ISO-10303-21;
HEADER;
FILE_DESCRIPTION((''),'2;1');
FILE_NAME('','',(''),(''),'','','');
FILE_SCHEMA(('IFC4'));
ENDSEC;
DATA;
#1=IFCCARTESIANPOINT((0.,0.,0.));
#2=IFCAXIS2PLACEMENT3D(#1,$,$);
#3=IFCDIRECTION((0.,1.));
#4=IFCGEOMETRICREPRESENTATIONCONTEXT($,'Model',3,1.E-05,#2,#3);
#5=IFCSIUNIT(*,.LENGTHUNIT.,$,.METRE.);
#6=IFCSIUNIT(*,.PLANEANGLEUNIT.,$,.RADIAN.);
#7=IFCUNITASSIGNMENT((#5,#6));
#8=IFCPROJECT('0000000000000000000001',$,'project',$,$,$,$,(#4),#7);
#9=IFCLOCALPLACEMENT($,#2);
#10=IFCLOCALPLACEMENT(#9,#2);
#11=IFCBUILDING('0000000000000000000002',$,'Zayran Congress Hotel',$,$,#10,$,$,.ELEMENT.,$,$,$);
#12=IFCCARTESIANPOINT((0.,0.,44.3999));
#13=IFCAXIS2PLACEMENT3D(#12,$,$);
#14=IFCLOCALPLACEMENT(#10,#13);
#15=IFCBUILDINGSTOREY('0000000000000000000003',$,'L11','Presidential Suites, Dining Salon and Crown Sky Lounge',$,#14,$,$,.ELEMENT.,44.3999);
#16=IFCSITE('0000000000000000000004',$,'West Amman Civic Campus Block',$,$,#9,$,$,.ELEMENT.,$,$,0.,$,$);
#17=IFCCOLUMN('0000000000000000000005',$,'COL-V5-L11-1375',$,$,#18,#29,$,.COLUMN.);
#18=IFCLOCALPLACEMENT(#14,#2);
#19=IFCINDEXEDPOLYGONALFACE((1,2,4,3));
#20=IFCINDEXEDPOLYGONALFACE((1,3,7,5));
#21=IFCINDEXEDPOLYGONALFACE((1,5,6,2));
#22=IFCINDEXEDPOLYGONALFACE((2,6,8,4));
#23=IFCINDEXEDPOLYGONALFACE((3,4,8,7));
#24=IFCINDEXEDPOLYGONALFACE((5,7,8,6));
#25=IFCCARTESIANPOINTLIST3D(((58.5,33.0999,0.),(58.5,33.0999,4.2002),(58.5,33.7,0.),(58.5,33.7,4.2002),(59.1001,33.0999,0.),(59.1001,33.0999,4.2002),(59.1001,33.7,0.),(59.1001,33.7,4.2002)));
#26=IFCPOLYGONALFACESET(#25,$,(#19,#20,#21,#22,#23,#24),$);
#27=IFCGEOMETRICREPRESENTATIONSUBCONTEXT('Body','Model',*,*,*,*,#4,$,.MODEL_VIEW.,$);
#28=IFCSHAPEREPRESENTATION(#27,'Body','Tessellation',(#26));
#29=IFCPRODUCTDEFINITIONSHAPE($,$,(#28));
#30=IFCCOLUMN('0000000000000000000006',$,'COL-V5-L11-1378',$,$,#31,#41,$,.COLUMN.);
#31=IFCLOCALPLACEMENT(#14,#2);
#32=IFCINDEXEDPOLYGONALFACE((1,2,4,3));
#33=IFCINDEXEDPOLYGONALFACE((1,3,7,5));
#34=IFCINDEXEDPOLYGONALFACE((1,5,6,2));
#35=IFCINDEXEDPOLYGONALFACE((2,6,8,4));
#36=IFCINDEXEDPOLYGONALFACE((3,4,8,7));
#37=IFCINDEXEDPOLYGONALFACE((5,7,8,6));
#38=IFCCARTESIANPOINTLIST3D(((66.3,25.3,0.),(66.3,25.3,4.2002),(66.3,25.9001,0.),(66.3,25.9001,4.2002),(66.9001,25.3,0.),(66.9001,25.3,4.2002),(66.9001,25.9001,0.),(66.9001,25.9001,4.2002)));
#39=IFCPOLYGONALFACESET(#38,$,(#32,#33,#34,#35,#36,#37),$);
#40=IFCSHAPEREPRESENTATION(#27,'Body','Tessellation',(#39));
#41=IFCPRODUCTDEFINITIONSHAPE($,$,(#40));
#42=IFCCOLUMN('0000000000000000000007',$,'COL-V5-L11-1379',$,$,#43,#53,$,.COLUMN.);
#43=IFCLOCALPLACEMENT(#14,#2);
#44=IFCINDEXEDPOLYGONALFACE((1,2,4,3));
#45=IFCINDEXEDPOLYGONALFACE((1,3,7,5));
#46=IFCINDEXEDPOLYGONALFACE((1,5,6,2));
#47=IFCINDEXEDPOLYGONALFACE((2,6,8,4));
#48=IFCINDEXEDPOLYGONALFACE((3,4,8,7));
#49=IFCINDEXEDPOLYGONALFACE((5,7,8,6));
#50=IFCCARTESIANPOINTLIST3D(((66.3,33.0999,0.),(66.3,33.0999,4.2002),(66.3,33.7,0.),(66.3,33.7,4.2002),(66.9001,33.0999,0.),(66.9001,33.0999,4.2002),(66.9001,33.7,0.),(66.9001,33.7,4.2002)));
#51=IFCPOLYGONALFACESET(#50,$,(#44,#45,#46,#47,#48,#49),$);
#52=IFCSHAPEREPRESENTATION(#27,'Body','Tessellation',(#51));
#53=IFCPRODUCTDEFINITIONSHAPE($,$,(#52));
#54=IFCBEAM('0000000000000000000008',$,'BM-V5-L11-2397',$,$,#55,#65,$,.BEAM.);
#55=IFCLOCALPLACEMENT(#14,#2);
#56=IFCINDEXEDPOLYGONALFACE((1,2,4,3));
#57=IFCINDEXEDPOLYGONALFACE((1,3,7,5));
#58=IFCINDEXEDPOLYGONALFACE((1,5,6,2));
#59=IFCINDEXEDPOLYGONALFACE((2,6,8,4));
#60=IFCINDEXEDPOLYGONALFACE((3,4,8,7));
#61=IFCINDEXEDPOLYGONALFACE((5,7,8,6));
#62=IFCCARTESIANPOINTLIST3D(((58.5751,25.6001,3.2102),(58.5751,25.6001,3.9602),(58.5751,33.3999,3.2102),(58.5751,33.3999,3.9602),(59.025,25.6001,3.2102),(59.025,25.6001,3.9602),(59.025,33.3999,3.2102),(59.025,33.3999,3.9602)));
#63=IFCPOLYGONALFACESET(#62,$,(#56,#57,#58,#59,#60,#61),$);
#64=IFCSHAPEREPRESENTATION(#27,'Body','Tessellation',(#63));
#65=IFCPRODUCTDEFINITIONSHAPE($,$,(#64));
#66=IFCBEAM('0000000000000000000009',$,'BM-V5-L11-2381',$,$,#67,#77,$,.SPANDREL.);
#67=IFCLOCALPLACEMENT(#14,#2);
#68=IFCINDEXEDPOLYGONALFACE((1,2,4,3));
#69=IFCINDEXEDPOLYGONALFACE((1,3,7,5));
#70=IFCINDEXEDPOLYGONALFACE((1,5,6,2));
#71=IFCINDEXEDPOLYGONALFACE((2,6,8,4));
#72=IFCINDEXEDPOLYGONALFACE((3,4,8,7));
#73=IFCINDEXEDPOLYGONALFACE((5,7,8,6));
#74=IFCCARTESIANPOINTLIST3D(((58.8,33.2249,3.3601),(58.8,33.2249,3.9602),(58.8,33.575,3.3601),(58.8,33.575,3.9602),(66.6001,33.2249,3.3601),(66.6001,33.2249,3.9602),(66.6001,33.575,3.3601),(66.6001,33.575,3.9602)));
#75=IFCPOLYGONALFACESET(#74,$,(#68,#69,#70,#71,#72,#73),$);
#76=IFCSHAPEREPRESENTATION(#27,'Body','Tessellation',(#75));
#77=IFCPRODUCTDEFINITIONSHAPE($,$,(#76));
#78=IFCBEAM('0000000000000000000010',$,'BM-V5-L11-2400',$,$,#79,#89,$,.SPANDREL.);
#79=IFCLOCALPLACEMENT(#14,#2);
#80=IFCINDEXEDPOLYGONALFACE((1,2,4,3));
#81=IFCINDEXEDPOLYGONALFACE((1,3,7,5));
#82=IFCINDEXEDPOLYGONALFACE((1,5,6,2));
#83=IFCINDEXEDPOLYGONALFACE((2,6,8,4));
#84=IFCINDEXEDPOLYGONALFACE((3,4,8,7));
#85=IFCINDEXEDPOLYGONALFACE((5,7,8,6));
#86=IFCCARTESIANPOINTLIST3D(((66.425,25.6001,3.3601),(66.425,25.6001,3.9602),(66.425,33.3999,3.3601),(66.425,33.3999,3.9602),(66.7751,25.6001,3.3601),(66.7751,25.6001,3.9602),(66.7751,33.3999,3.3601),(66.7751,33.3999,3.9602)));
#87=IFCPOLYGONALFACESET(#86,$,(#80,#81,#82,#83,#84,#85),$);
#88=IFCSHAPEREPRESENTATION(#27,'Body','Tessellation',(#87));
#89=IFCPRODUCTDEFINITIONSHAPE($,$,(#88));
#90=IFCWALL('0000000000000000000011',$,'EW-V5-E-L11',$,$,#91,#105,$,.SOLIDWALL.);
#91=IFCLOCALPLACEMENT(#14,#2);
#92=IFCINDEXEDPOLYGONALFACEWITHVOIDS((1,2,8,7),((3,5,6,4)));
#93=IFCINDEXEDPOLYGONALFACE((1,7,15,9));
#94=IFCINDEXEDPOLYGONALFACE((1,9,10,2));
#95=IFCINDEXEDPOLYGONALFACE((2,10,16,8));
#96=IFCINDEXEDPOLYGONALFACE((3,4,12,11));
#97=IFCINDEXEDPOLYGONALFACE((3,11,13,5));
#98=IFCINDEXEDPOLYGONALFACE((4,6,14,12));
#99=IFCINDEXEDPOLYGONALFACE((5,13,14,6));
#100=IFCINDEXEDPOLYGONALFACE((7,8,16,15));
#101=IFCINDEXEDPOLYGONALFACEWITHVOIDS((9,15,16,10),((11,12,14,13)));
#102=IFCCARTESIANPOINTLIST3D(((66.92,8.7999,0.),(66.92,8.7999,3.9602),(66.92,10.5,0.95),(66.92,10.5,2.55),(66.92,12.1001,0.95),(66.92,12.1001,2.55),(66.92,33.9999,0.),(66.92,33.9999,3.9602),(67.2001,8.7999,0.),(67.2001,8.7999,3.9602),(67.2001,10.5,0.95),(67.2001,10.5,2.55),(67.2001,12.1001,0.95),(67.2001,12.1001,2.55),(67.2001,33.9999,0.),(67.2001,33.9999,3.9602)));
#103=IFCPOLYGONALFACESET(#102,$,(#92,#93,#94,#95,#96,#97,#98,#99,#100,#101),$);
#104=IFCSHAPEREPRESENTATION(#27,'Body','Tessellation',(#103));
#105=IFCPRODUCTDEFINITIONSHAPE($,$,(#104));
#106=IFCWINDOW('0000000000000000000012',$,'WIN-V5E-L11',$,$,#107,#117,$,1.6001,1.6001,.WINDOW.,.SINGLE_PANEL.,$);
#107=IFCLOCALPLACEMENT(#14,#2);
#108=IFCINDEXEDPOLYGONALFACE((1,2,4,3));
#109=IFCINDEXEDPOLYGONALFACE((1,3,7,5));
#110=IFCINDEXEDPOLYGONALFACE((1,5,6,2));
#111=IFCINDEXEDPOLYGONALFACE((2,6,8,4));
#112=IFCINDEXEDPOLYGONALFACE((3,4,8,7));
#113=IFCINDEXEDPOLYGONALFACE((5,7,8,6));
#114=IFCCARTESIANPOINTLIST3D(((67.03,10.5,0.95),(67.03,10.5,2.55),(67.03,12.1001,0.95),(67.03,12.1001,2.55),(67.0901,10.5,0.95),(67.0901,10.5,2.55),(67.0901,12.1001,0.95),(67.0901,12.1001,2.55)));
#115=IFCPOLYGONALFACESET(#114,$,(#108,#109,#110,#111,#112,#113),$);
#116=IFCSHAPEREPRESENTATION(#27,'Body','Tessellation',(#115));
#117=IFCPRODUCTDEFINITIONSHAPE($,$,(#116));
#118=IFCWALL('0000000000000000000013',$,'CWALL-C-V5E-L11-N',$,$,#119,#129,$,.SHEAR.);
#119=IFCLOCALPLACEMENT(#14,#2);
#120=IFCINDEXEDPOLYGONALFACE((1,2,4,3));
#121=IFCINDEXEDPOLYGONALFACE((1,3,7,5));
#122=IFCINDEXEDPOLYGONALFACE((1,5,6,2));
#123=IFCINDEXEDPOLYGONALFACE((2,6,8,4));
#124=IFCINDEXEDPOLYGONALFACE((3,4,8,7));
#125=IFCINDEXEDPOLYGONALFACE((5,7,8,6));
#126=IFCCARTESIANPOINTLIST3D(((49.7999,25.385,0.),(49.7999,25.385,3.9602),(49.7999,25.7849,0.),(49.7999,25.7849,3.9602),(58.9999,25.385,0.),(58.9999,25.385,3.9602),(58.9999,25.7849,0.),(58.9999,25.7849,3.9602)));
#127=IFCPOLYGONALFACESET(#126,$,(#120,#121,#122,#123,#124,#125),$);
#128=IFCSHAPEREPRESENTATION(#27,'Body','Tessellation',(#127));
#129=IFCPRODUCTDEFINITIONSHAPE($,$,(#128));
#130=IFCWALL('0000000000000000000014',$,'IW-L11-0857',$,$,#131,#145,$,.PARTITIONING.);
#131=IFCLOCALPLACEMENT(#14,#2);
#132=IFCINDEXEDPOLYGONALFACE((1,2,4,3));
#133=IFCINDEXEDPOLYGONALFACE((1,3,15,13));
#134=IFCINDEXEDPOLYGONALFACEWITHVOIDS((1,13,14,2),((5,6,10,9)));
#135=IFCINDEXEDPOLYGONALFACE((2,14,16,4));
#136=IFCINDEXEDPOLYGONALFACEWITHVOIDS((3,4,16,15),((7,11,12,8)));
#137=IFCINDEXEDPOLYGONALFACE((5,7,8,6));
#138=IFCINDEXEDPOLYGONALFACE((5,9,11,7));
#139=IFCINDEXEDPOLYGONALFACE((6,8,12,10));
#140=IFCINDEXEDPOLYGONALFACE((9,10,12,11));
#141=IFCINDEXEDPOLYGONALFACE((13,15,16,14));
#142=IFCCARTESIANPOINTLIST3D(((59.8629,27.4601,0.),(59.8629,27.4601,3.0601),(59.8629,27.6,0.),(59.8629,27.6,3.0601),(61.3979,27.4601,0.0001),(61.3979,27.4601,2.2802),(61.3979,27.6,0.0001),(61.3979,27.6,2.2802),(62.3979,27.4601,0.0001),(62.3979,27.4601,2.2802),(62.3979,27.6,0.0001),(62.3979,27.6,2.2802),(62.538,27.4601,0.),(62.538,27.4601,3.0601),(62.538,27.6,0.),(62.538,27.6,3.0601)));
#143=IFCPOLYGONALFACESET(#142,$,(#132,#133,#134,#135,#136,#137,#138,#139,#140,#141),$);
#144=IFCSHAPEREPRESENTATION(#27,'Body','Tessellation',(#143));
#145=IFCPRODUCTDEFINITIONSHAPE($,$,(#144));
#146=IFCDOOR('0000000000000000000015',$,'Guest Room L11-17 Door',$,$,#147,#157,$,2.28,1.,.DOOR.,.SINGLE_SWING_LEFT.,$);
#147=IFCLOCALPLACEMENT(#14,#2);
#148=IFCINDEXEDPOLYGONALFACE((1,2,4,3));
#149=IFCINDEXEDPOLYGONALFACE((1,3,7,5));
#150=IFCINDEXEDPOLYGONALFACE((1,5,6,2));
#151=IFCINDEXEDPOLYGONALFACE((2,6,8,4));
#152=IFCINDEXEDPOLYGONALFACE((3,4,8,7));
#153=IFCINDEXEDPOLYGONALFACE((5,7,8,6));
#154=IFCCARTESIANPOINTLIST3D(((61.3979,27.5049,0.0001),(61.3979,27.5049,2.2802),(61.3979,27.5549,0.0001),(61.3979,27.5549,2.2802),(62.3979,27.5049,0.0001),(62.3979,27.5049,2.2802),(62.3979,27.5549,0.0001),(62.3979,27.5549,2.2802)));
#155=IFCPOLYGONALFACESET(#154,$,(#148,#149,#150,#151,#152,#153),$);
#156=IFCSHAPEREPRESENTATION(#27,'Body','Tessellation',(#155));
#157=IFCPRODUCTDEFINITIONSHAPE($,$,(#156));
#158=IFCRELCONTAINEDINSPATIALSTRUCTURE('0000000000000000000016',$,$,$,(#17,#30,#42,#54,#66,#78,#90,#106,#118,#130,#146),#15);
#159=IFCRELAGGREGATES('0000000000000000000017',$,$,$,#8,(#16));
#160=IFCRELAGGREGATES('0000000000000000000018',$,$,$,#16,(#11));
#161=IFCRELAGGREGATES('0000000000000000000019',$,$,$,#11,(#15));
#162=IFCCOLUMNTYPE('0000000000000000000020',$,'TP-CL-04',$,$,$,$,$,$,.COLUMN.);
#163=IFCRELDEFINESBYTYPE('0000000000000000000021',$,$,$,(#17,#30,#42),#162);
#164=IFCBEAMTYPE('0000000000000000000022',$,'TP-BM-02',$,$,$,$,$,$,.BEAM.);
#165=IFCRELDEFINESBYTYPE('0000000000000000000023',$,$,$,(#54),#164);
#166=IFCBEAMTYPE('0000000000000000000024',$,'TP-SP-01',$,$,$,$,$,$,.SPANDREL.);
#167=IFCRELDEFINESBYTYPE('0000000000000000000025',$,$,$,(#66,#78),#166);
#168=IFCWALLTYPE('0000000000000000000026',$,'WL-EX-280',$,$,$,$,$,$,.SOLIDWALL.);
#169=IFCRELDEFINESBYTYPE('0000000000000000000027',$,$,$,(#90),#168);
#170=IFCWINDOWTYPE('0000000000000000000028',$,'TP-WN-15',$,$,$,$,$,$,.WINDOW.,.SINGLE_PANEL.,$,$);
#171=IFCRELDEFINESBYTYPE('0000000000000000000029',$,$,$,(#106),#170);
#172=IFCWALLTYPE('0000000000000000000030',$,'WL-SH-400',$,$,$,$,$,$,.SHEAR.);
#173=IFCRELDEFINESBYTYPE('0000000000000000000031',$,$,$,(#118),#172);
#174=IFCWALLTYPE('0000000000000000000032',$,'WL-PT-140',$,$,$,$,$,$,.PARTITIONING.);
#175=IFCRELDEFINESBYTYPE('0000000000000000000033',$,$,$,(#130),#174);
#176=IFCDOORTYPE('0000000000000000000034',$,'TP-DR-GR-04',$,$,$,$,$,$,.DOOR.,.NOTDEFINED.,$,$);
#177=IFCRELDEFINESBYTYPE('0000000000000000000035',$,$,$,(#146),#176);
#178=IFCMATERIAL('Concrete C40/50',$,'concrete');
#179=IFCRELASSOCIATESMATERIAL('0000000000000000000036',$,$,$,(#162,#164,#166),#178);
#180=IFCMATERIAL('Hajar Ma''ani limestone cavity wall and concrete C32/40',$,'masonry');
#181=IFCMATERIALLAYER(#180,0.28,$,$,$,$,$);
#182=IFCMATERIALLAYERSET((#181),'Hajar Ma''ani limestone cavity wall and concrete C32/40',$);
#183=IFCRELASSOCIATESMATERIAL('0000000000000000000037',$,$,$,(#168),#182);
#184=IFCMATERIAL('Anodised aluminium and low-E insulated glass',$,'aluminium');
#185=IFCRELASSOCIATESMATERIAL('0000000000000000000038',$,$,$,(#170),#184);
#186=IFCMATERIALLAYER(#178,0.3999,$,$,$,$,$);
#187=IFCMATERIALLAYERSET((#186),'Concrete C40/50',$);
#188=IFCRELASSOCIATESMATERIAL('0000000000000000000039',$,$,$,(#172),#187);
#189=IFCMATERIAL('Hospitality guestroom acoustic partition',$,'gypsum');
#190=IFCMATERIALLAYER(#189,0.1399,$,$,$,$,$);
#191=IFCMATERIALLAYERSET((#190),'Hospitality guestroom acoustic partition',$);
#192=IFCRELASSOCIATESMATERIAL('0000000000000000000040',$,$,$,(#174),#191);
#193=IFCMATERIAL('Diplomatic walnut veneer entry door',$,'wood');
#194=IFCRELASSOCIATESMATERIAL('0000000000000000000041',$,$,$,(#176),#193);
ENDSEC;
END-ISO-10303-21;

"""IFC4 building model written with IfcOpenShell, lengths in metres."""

from ifc_helpers import new_model, si_unit, direction, frame, frame_2d, origin, origin_2d, place, context, subcontext, project, spatial, rectangle, extrude, material, layer, layer_set, material_profile, profile_set, type_object, element, fill, save


model = new_model("IFC4")

# Units and contexts
model_context = context("Model", 3, precision=1e-05, world=origin(), true_north=direction((0.0, 1.0)))
body_context = subcontext(model_context, "Body", "Model", "MODEL_VIEW")
ifc_project = project(units=[si_unit("LENGTHUNIT", "METRE"), si_unit("PLANEANGLEUNIT", "RADIAN")], contexts=[model_context])

# Site, building, storey
site_placement = place(None, origin())
site = spatial("IfcSite", under=ifc_project, at=site_placement, Name="West Amman Civic Campus Block", CompositionType="ELEMENT", RefElevation=0.0)
building_placement = place(site_placement, origin())
building = spatial("IfcBuilding", under=site, at=building_placement, Name="Zayran Congress Hotel", CompositionType="ELEMENT")
storey_placement = place(building_placement, frame((0.0, 0.0, 44.3999)))
storey = spatial("IfcBuildingStorey", under=building, at=storey_placement, Name="L11", Description="Presidential Suites, Dining Salon and Crown Sky Lounge", CompositionType="ELEMENT", Elevation=44.3999)

# Columns
ifc_material_1 = material(Name="Concrete C40/50", Category="concrete")
ifc_material_profile_1 = material_profile(ifc_material_1, rectangle(XDim=0.6001, YDim=0.6001, at=origin_2d()), Name="RC 600x600")
ifc_profile_set_1 = profile_set([ifc_material_profile_1], Name="Concrete C40/50")
column_type = type_object("IfcColumnType", Name="TP-CL-04", PredefinedType="COLUMN", material=ifc_profile_set_1)
for number, where, z_axis, x_axis, name in (
    (1, (58.8, 33.3999, 0.0), (0.0, 0.0, 1.0), (1.0, 0.0, 0.0), "COL-V5-L11-1375"),
    (2, (66.6001, 25.6001, 0.0), (0.0, 0.0, 1.0), (1.0, 0.0, 0.0), "COL-V5-L11-1378"),
    (3, (66.6001, 33.3999, 0.0), (0.0, 0.0, 1.0), (1.0, 0.0, 0.0), "COL-V5-L11-1379"),
):
    element("IfcColumn", number, at=place(storey_placement, frame(where, z_axis=z_axis, x_axis=x_axis)), inside=storey, type_object=column_type, Name=name, PredefinedType="COLUMN", context=body_context, shape_type="SweptSolid", body=[
        extrude(rectangle(XDim=0.6001, YDim=0.6001, at=origin_2d()), origin(), (0.0, 0.0, 1.0), 4.2002),
    ])

# Beams
ifc_material_profile_2 = material_profile(ifc_material_1, rectangle(XDim=0.45, YDim=0.75, at=origin_2d()), Name="RC 450x750")
ifc_profile_set_2 = profile_set([ifc_material_profile_2], Name="Concrete C40/50")
beam_type_1 = type_object("IfcBeamType", Name="TP-BM-02", PredefinedType="BEAM", material=ifc_profile_set_2)
beam_1_placement = place(storey_placement, frame((58.8, 25.6001, 3.5852), z_axis=(0.0, 1.0, 0.0), x_axis=(-1.0, 0.0, 0.0)))
element("IfcBeam", 4, at=beam_1_placement, inside=storey, type_object=beam_type_1, Name="BM-V5-L11-2397", PredefinedType="BEAM", context=body_context, shape_type="SweptSolid", body=[
    extrude(rectangle(XDim=0.45, YDim=0.75, at=origin_2d()), origin(), (0.0, 0.0, 1.0), 7.7998),
])
ifc_material_profile_3 = material_profile(ifc_material_1, rectangle(XDim=0.3501, YDim=0.6001, at=origin_2d()), Name="RC 350x600")
ifc_profile_set_3 = profile_set([ifc_material_profile_3], Name="Concrete C40/50")
beam_type_2 = type_object("IfcBeamType", Name="TP-SP-01", PredefinedType="SPANDREL", material=ifc_profile_set_3)
beam_2_placement = place(storey_placement, frame((58.8, 33.3999, 3.6602), z_axis=(1.0, 0.0, 0.0), x_axis=(0.0, 1.0, 0.0)))
element("IfcBeam", 5, at=beam_2_placement, inside=storey, type_object=beam_type_2, Name="BM-V5-L11-2381", PredefinedType="SPANDREL", context=body_context, shape_type="SweptSolid", body=[
    extrude(rectangle(XDim=0.3501, YDim=0.6001, at=origin_2d()), origin(), (0.0, 0.0, 1.0), 7.8),
])
beam_3_placement = place(storey_placement, frame((66.6001, 25.6001, 3.6602), z_axis=(0.0, 1.0, 0.0), x_axis=(-1.0, 0.0, 0.0)))
element("IfcBeam", 6, at=beam_3_placement, inside=storey, type_object=beam_type_2, Name="BM-V5-L11-2400", PredefinedType="SPANDREL", context=body_context, shape_type="SweptSolid", body=[
    extrude(rectangle(XDim=0.3501, YDim=0.6001, at=origin_2d()), origin(), (0.0, 0.0, 1.0), 7.7998),
])

# Wall, opening, window
ifc_material_2 = material(Name="Hajar Ma'ani limestone cavity wall and concrete C32/40", Category="masonry")
ifc_layer_1 = layer(ifc_material_2, 0.28)
ifc_layer_set_1 = layer_set([ifc_layer_1], Name="Hajar Ma'ani limestone cavity wall and concrete C32/40")
wall_type_1 = type_object("IfcWallType", Name="WL-EX-280", PredefinedType="SOLIDWALL", material=ifc_layer_set_1)
wall_1_placement = place(storey_placement, frame((67.0601, 34.0, 0.0), z_axis=(0.0, 0.0, 1.0), x_axis=(0.0, -1.0, 0.0)))
wall_1 = element("IfcWall", 7, at=wall_1_placement, inside=storey, type_object=wall_type_1, Name="EW-V5-E-L11", PredefinedType="SOLIDWALL", context=body_context, shape_type="SweptSolid", body=[
    extrude(rectangle(XDim=25.2, YDim=0.28, at=frame_2d((12.6001, 0.0))), origin(), (0.0, 0.0, 1.0), 3.9602),
])
opening_1_placement = place(wall_1_placement, frame((21.8999, 0.0, 0.95)))
opening_1 = element("IfcOpeningElement", 8, at=opening_1_placement, cuts=wall_1, PredefinedType="OPENING", context=body_context, shape_type="SweptSolid", body=[
    extrude(rectangle(XDim=1.6001, YDim=1.6001, at=frame_2d((0.8, 0.8))), frame((0.0, 0.1499, 0.0), z_axis=(0.0, -1.0, 0.0), x_axis=(1.0, 0.0, 0.0)), (0.0, 0.0, 1.0), 0.3),
])
ifc_material_3 = material(Name="Anodised aluminium and low-E insulated glass", Category="aluminium")
window_type = type_object("IfcWindowType", Name="TP-WN-15", PartitioningType="SINGLE_PANEL", PredefinedType="WINDOW", material=ifc_material_3)
window_placement = place(opening_1_placement, origin())
window = element("IfcWindow", 9, at=window_placement, inside=storey, type_object=window_type, Name="WIN-V5E-L11", OverallHeight=1.6001, OverallWidth=1.6001, PartitioningType="SINGLE_PANEL", PredefinedType="WINDOW", context=body_context, shape_type="SweptSolid", body=[
    extrude(rectangle(XDim=1.6001, YDim=1.6001, at=frame_2d((0.8, 0.8))), frame((0.0, 0.03, 0.0), z_axis=(0.0, -1.0, 0.0), x_axis=(1.0, 0.0, 0.0)), (0.0, 0.0, 1.0), 0.0601),
])
fill(opening_1, window)

# Wall
ifc_layer_2 = layer(ifc_material_1, 0.3999)
ifc_layer_set_2 = layer_set([ifc_layer_2], Name="Concrete C40/50")
wall_type_2 = type_object("IfcWallType", Name="WL-SH-400", PredefinedType="SHEAR", material=ifc_layer_set_2)
wall_2_placement = place(storey_placement, frame((59.0, 25.585, 0.0), z_axis=(0.0, 0.0, 1.0), x_axis=(-1.0, 0.0, 0.0)))
element("IfcWall", 10, at=wall_2_placement, inside=storey, type_object=wall_type_2, Name="CWALL-C-V5E-L11-N", PredefinedType="SHEAR", context=body_context, shape_type="SweptSolid", body=[
    extrude(rectangle(XDim=9.2, YDim=0.3999, at=frame_2d((4.6001, 0.0))), origin(), (0.0, 0.0, 1.0), 3.9602),
])

# Wall, opening, door
ifc_material_4 = material(Name="Hospitality guestroom acoustic partition", Category="gypsum")
ifc_layer_3 = layer(ifc_material_4, 0.1399)
ifc_layer_set_3 = layer_set([ifc_layer_3], Name="Hospitality guestroom acoustic partition")
wall_type_3 = type_object("IfcWallType", Name="WL-PT-140", PredefinedType="PARTITIONING", material=ifc_layer_set_3)
wall_3_placement = place(storey_placement, frame((59.863, 27.53, 0.0), z_axis=(0.0, 0.0, 1.0), x_axis=(1.0, 0.0, 0.0)))
wall_3 = element("IfcWall", 11, at=wall_3_placement, inside=storey, type_object=wall_type_3, Name="IW-L11-0857", PredefinedType="PARTITIONING", context=body_context, shape_type="SweptSolid", body=[
    extrude(rectangle(XDim=2.675, YDim=0.1399, at=frame_2d((1.3374, 0.0))), origin(), (0.0, 0.0, 1.0), 3.0601),
])
opening_2_placement = place(wall_3_placement, frame((1.5349, 0.0, 0.0)))
opening_2 = element("IfcOpeningElement", 12, at=opening_2_placement, cuts=wall_3, PredefinedType="OPENING", context=body_context, shape_type="SweptSolid", body=[
    extrude(rectangle(XDim=1.0, YDim=2.28, at=frame_2d((0.5, 1.1401))), frame((0.0, 0.0798, 0.0), z_axis=(0.0, -1.0, 0.0), x_axis=(1.0, 0.0, 0.0)), (0.0, 0.0, 1.0), 0.1599),
])
ifc_material_5 = material(Name="Diplomatic walnut veneer entry door", Category="wood")
door_type_1 = type_object("IfcDoorType", Name="TP-DR-GR-04", OperationType="NOTDEFINED", PredefinedType="DOOR", material=ifc_material_5)
door_1_placement = place(opening_2_placement, origin())
door_1 = element("IfcDoor", 13, at=door_1_placement, inside=storey, type_object=door_type_1, Name="Guest Room L11-17 Door", OperationType="SINGLE_SWING_LEFT", OverallHeight=2.28, OverallWidth=1.0, PredefinedType="DOOR", context=body_context, shape_type="SweptSolid", body=[
    extrude(rectangle(XDim=1.0, YDim=2.28, at=frame_2d((0.5, 1.1401))), frame((0.0, 0.0249, 0.0), z_axis=(0.0, -1.0, 0.0), x_axis=(1.0, 0.0, 0.0)), (0.0, 0.0, 1.0), 0.05),
])
fill(opening_2, door_1)

save(model, "model.ifc")
